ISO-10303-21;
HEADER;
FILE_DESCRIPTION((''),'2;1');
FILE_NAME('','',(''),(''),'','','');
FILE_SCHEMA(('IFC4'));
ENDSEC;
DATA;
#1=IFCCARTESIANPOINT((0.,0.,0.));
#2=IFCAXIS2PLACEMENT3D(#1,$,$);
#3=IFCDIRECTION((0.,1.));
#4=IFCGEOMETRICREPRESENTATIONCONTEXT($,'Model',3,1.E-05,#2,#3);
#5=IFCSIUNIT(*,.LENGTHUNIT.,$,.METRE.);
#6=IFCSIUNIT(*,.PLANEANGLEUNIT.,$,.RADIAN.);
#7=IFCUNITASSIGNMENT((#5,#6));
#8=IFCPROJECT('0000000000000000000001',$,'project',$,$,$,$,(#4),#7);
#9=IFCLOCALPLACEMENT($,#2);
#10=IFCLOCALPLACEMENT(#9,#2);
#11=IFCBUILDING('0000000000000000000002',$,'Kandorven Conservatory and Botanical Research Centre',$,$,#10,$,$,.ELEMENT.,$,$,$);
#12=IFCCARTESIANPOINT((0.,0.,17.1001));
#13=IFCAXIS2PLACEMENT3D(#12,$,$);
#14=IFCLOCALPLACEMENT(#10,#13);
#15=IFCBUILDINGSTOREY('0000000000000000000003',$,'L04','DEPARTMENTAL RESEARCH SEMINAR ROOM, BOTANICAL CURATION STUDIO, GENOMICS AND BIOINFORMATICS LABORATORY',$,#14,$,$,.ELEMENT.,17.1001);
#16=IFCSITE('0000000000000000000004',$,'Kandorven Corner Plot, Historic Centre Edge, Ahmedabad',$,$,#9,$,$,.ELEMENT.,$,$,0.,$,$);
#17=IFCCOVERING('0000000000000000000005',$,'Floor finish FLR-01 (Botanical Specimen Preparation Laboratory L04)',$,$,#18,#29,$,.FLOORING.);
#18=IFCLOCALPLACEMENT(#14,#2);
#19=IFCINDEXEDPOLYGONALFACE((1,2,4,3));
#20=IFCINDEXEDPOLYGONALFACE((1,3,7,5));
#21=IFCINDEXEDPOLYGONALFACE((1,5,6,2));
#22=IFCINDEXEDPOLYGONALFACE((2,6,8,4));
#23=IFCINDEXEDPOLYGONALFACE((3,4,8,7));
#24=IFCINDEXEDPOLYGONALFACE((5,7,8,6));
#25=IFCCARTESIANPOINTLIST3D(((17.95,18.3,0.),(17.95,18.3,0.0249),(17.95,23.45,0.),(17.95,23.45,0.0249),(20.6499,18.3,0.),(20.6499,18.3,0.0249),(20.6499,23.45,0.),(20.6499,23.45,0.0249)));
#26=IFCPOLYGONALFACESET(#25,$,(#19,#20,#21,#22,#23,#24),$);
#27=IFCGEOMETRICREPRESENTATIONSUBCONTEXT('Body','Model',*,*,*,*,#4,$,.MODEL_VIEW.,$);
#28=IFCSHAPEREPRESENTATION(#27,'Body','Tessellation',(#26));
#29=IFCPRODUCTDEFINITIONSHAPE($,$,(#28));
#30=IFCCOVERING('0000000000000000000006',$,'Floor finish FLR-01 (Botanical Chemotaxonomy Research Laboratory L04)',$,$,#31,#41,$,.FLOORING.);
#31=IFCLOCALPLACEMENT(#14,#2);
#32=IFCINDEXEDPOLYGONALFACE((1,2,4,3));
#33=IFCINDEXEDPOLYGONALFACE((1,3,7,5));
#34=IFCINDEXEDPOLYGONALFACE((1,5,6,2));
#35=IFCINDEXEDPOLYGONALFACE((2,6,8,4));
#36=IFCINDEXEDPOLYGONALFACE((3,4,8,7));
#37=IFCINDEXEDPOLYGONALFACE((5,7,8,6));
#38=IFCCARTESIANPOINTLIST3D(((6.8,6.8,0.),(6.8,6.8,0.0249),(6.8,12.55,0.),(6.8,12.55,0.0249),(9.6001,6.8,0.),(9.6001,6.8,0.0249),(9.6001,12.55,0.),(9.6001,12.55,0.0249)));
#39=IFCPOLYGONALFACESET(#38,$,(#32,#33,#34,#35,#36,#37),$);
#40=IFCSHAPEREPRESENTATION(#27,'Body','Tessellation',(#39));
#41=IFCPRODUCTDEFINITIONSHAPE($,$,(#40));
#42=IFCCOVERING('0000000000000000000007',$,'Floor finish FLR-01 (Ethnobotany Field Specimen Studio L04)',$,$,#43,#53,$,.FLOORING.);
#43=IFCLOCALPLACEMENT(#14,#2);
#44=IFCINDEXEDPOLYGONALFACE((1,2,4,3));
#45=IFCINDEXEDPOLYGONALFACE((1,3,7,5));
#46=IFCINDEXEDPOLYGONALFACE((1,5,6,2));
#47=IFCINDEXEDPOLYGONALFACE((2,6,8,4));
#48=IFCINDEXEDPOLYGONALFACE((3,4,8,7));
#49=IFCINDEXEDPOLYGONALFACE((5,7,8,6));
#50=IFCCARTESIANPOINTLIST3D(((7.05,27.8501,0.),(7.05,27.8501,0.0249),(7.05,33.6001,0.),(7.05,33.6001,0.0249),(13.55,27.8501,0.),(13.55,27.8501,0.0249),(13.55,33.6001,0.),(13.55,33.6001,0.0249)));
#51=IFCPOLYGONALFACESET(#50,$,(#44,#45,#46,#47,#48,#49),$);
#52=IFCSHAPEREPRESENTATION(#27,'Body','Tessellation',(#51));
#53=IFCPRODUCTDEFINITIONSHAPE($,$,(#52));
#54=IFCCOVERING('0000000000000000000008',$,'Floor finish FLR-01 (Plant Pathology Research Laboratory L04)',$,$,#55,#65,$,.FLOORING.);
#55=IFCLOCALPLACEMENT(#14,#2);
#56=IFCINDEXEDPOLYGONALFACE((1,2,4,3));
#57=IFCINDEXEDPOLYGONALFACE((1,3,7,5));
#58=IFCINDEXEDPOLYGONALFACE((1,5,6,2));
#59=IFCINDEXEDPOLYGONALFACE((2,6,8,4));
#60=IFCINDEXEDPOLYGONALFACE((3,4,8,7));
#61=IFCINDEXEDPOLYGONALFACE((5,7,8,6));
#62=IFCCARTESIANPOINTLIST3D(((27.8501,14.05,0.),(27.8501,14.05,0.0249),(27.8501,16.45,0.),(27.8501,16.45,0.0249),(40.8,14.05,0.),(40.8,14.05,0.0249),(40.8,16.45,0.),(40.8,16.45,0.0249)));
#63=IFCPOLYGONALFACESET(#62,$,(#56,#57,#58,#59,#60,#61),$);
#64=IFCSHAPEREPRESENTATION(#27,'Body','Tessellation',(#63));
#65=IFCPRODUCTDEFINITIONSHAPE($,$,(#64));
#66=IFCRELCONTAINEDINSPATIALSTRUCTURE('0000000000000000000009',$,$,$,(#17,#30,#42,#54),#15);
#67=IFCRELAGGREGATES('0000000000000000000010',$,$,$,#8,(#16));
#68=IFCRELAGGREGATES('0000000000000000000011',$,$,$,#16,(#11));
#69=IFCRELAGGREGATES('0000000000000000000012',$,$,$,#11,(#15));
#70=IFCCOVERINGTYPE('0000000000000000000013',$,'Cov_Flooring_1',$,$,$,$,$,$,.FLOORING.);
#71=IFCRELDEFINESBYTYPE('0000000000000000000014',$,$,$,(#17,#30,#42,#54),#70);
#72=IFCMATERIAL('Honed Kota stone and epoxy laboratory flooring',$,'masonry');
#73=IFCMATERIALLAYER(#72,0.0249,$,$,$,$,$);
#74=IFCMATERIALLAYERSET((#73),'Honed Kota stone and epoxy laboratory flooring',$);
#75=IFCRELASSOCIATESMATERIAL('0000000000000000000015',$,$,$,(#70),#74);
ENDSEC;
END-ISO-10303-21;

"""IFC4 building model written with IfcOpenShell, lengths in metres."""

from ifc_helpers import new_model, si_unit, direction, frame, origin, place, context, subcontext, project, spatial, polyline, outline, extrude, material, layer, layer_set, type_object, element, save


model = new_model("IFC4")

# Units and contexts
model_context = context("Model", 3, precision=1e-05, world=origin(), true_north=direction((0.0, 1.0)))
body_context = subcontext(model_context, "Body", "Model", "MODEL_VIEW")
ifc_project = project(units=[si_unit("LENGTHUNIT", "METRE"), si_unit("PLANEANGLEUNIT", "RADIAN")], contexts=[model_context])

# Site, building, storey
site_placement = place(None, origin())
site = spatial("IfcSite", under=ifc_project, at=site_placement, Name="Kandorven Corner Plot, Historic Centre Edge, Ahmedabad", CompositionType="ELEMENT", RefElevation=0.0)
building_placement = place(site_placement, origin())
building = spatial("IfcBuilding", under=site, at=building_placement, Name="Kandorven Conservatory and Botanical Research Centre", CompositionType="ELEMENT")
storey_placement = place(building_placement, frame((0.0, 0.0, 17.1001)))
storey = spatial("IfcBuildingStorey", under=building, at=storey_placement, Name="L04", Description="DEPARTMENTAL RESEARCH SEMINAR ROOM, BOTANICAL CURATION STUDIO, GENOMICS AND BIOINFORMATICS LABORATORY", CompositionType="ELEMENT", Elevation=17.1001)

# Coverings
ifc_material_1 = material(Name="Honed Kota stone and epoxy laboratory flooring", Category="masonry")
ifc_layer_1 = layer(ifc_material_1, 0.0249)
ifc_layer_set_1 = layer_set([ifc_layer_1], Name="Honed Kota stone and epoxy laboratory flooring")
covering_type_1 = type_object("IfcCoveringType", Name="Cov_Flooring_1", PredefinedType="FLOORING", material=ifc_layer_set_1)
covering_1_placement = place(storey_placement, origin())
element("IfcCovering", 1, at=covering_1_placement, inside=storey, type_object=covering_type_1, Name="Floor finish FLR-01 (Botanical Specimen Preparation Laboratory L04)", PredefinedType="FLOORING", context=body_context, shape_type="SweptSolid", body=[
    extrude(outline(polyline([(17.95, 18.3), (20.6499, 18.3), (20.6499, 23.45), (17.95, 23.45), (17.95, 18.3)])), origin(), (0.0, 0.0, 1.0), 0.0249),
])
covering_2_placement = place(storey_placement, origin())
element("IfcCovering", 2, at=covering_2_placement, inside=storey, type_object=covering_type_1, Name="Floor finish FLR-01 (Botanical Chemotaxonomy Research Laboratory L04)", PredefinedType="FLOORING", context=body_context, shape_type="SweptSolid", body=[
    extrude(outline(polyline([(6.8, 6.8), (9.6001, 6.8), (9.6001, 12.55), (6.8, 12.55), (6.8, 6.8)])), origin(), (0.0, 0.0, 1.0), 0.0249),
])
covering_3_placement = place(storey_placement, origin())
element("IfcCovering", 3, at=covering_3_placement, inside=storey, type_object=covering_type_1, Name="Floor finish FLR-01 (Ethnobotany Field Specimen Studio L04)", PredefinedType="FLOORING", context=body_context, shape_type="SweptSolid", body=[
    extrude(outline(polyline([(7.05, 27.8501), (13.55, 27.8501), (13.55, 33.6001), (7.05, 33.6001), (7.05, 27.8501)])), origin(), (0.0, 0.0, 1.0), 0.0249),
])
covering_4_placement = place(storey_placement, origin())
element("IfcCovering", 4, at=covering_4_placement, inside=storey, type_object=covering_type_1, Name="Floor finish FLR-01 (Plant Pathology Research Laboratory L04)", PredefinedType="FLOORING", context=body_context, shape_type="SweptSolid", body=[
    extrude(outline(polyline([(27.8501, 14.05), (40.8, 14.05), (40.8, 16.45), (27.8501, 16.45), (27.8501, 14.05)])), origin(), (0.0, 0.0, 1.0), 0.0249),
])

save(model, "model.ifc")
